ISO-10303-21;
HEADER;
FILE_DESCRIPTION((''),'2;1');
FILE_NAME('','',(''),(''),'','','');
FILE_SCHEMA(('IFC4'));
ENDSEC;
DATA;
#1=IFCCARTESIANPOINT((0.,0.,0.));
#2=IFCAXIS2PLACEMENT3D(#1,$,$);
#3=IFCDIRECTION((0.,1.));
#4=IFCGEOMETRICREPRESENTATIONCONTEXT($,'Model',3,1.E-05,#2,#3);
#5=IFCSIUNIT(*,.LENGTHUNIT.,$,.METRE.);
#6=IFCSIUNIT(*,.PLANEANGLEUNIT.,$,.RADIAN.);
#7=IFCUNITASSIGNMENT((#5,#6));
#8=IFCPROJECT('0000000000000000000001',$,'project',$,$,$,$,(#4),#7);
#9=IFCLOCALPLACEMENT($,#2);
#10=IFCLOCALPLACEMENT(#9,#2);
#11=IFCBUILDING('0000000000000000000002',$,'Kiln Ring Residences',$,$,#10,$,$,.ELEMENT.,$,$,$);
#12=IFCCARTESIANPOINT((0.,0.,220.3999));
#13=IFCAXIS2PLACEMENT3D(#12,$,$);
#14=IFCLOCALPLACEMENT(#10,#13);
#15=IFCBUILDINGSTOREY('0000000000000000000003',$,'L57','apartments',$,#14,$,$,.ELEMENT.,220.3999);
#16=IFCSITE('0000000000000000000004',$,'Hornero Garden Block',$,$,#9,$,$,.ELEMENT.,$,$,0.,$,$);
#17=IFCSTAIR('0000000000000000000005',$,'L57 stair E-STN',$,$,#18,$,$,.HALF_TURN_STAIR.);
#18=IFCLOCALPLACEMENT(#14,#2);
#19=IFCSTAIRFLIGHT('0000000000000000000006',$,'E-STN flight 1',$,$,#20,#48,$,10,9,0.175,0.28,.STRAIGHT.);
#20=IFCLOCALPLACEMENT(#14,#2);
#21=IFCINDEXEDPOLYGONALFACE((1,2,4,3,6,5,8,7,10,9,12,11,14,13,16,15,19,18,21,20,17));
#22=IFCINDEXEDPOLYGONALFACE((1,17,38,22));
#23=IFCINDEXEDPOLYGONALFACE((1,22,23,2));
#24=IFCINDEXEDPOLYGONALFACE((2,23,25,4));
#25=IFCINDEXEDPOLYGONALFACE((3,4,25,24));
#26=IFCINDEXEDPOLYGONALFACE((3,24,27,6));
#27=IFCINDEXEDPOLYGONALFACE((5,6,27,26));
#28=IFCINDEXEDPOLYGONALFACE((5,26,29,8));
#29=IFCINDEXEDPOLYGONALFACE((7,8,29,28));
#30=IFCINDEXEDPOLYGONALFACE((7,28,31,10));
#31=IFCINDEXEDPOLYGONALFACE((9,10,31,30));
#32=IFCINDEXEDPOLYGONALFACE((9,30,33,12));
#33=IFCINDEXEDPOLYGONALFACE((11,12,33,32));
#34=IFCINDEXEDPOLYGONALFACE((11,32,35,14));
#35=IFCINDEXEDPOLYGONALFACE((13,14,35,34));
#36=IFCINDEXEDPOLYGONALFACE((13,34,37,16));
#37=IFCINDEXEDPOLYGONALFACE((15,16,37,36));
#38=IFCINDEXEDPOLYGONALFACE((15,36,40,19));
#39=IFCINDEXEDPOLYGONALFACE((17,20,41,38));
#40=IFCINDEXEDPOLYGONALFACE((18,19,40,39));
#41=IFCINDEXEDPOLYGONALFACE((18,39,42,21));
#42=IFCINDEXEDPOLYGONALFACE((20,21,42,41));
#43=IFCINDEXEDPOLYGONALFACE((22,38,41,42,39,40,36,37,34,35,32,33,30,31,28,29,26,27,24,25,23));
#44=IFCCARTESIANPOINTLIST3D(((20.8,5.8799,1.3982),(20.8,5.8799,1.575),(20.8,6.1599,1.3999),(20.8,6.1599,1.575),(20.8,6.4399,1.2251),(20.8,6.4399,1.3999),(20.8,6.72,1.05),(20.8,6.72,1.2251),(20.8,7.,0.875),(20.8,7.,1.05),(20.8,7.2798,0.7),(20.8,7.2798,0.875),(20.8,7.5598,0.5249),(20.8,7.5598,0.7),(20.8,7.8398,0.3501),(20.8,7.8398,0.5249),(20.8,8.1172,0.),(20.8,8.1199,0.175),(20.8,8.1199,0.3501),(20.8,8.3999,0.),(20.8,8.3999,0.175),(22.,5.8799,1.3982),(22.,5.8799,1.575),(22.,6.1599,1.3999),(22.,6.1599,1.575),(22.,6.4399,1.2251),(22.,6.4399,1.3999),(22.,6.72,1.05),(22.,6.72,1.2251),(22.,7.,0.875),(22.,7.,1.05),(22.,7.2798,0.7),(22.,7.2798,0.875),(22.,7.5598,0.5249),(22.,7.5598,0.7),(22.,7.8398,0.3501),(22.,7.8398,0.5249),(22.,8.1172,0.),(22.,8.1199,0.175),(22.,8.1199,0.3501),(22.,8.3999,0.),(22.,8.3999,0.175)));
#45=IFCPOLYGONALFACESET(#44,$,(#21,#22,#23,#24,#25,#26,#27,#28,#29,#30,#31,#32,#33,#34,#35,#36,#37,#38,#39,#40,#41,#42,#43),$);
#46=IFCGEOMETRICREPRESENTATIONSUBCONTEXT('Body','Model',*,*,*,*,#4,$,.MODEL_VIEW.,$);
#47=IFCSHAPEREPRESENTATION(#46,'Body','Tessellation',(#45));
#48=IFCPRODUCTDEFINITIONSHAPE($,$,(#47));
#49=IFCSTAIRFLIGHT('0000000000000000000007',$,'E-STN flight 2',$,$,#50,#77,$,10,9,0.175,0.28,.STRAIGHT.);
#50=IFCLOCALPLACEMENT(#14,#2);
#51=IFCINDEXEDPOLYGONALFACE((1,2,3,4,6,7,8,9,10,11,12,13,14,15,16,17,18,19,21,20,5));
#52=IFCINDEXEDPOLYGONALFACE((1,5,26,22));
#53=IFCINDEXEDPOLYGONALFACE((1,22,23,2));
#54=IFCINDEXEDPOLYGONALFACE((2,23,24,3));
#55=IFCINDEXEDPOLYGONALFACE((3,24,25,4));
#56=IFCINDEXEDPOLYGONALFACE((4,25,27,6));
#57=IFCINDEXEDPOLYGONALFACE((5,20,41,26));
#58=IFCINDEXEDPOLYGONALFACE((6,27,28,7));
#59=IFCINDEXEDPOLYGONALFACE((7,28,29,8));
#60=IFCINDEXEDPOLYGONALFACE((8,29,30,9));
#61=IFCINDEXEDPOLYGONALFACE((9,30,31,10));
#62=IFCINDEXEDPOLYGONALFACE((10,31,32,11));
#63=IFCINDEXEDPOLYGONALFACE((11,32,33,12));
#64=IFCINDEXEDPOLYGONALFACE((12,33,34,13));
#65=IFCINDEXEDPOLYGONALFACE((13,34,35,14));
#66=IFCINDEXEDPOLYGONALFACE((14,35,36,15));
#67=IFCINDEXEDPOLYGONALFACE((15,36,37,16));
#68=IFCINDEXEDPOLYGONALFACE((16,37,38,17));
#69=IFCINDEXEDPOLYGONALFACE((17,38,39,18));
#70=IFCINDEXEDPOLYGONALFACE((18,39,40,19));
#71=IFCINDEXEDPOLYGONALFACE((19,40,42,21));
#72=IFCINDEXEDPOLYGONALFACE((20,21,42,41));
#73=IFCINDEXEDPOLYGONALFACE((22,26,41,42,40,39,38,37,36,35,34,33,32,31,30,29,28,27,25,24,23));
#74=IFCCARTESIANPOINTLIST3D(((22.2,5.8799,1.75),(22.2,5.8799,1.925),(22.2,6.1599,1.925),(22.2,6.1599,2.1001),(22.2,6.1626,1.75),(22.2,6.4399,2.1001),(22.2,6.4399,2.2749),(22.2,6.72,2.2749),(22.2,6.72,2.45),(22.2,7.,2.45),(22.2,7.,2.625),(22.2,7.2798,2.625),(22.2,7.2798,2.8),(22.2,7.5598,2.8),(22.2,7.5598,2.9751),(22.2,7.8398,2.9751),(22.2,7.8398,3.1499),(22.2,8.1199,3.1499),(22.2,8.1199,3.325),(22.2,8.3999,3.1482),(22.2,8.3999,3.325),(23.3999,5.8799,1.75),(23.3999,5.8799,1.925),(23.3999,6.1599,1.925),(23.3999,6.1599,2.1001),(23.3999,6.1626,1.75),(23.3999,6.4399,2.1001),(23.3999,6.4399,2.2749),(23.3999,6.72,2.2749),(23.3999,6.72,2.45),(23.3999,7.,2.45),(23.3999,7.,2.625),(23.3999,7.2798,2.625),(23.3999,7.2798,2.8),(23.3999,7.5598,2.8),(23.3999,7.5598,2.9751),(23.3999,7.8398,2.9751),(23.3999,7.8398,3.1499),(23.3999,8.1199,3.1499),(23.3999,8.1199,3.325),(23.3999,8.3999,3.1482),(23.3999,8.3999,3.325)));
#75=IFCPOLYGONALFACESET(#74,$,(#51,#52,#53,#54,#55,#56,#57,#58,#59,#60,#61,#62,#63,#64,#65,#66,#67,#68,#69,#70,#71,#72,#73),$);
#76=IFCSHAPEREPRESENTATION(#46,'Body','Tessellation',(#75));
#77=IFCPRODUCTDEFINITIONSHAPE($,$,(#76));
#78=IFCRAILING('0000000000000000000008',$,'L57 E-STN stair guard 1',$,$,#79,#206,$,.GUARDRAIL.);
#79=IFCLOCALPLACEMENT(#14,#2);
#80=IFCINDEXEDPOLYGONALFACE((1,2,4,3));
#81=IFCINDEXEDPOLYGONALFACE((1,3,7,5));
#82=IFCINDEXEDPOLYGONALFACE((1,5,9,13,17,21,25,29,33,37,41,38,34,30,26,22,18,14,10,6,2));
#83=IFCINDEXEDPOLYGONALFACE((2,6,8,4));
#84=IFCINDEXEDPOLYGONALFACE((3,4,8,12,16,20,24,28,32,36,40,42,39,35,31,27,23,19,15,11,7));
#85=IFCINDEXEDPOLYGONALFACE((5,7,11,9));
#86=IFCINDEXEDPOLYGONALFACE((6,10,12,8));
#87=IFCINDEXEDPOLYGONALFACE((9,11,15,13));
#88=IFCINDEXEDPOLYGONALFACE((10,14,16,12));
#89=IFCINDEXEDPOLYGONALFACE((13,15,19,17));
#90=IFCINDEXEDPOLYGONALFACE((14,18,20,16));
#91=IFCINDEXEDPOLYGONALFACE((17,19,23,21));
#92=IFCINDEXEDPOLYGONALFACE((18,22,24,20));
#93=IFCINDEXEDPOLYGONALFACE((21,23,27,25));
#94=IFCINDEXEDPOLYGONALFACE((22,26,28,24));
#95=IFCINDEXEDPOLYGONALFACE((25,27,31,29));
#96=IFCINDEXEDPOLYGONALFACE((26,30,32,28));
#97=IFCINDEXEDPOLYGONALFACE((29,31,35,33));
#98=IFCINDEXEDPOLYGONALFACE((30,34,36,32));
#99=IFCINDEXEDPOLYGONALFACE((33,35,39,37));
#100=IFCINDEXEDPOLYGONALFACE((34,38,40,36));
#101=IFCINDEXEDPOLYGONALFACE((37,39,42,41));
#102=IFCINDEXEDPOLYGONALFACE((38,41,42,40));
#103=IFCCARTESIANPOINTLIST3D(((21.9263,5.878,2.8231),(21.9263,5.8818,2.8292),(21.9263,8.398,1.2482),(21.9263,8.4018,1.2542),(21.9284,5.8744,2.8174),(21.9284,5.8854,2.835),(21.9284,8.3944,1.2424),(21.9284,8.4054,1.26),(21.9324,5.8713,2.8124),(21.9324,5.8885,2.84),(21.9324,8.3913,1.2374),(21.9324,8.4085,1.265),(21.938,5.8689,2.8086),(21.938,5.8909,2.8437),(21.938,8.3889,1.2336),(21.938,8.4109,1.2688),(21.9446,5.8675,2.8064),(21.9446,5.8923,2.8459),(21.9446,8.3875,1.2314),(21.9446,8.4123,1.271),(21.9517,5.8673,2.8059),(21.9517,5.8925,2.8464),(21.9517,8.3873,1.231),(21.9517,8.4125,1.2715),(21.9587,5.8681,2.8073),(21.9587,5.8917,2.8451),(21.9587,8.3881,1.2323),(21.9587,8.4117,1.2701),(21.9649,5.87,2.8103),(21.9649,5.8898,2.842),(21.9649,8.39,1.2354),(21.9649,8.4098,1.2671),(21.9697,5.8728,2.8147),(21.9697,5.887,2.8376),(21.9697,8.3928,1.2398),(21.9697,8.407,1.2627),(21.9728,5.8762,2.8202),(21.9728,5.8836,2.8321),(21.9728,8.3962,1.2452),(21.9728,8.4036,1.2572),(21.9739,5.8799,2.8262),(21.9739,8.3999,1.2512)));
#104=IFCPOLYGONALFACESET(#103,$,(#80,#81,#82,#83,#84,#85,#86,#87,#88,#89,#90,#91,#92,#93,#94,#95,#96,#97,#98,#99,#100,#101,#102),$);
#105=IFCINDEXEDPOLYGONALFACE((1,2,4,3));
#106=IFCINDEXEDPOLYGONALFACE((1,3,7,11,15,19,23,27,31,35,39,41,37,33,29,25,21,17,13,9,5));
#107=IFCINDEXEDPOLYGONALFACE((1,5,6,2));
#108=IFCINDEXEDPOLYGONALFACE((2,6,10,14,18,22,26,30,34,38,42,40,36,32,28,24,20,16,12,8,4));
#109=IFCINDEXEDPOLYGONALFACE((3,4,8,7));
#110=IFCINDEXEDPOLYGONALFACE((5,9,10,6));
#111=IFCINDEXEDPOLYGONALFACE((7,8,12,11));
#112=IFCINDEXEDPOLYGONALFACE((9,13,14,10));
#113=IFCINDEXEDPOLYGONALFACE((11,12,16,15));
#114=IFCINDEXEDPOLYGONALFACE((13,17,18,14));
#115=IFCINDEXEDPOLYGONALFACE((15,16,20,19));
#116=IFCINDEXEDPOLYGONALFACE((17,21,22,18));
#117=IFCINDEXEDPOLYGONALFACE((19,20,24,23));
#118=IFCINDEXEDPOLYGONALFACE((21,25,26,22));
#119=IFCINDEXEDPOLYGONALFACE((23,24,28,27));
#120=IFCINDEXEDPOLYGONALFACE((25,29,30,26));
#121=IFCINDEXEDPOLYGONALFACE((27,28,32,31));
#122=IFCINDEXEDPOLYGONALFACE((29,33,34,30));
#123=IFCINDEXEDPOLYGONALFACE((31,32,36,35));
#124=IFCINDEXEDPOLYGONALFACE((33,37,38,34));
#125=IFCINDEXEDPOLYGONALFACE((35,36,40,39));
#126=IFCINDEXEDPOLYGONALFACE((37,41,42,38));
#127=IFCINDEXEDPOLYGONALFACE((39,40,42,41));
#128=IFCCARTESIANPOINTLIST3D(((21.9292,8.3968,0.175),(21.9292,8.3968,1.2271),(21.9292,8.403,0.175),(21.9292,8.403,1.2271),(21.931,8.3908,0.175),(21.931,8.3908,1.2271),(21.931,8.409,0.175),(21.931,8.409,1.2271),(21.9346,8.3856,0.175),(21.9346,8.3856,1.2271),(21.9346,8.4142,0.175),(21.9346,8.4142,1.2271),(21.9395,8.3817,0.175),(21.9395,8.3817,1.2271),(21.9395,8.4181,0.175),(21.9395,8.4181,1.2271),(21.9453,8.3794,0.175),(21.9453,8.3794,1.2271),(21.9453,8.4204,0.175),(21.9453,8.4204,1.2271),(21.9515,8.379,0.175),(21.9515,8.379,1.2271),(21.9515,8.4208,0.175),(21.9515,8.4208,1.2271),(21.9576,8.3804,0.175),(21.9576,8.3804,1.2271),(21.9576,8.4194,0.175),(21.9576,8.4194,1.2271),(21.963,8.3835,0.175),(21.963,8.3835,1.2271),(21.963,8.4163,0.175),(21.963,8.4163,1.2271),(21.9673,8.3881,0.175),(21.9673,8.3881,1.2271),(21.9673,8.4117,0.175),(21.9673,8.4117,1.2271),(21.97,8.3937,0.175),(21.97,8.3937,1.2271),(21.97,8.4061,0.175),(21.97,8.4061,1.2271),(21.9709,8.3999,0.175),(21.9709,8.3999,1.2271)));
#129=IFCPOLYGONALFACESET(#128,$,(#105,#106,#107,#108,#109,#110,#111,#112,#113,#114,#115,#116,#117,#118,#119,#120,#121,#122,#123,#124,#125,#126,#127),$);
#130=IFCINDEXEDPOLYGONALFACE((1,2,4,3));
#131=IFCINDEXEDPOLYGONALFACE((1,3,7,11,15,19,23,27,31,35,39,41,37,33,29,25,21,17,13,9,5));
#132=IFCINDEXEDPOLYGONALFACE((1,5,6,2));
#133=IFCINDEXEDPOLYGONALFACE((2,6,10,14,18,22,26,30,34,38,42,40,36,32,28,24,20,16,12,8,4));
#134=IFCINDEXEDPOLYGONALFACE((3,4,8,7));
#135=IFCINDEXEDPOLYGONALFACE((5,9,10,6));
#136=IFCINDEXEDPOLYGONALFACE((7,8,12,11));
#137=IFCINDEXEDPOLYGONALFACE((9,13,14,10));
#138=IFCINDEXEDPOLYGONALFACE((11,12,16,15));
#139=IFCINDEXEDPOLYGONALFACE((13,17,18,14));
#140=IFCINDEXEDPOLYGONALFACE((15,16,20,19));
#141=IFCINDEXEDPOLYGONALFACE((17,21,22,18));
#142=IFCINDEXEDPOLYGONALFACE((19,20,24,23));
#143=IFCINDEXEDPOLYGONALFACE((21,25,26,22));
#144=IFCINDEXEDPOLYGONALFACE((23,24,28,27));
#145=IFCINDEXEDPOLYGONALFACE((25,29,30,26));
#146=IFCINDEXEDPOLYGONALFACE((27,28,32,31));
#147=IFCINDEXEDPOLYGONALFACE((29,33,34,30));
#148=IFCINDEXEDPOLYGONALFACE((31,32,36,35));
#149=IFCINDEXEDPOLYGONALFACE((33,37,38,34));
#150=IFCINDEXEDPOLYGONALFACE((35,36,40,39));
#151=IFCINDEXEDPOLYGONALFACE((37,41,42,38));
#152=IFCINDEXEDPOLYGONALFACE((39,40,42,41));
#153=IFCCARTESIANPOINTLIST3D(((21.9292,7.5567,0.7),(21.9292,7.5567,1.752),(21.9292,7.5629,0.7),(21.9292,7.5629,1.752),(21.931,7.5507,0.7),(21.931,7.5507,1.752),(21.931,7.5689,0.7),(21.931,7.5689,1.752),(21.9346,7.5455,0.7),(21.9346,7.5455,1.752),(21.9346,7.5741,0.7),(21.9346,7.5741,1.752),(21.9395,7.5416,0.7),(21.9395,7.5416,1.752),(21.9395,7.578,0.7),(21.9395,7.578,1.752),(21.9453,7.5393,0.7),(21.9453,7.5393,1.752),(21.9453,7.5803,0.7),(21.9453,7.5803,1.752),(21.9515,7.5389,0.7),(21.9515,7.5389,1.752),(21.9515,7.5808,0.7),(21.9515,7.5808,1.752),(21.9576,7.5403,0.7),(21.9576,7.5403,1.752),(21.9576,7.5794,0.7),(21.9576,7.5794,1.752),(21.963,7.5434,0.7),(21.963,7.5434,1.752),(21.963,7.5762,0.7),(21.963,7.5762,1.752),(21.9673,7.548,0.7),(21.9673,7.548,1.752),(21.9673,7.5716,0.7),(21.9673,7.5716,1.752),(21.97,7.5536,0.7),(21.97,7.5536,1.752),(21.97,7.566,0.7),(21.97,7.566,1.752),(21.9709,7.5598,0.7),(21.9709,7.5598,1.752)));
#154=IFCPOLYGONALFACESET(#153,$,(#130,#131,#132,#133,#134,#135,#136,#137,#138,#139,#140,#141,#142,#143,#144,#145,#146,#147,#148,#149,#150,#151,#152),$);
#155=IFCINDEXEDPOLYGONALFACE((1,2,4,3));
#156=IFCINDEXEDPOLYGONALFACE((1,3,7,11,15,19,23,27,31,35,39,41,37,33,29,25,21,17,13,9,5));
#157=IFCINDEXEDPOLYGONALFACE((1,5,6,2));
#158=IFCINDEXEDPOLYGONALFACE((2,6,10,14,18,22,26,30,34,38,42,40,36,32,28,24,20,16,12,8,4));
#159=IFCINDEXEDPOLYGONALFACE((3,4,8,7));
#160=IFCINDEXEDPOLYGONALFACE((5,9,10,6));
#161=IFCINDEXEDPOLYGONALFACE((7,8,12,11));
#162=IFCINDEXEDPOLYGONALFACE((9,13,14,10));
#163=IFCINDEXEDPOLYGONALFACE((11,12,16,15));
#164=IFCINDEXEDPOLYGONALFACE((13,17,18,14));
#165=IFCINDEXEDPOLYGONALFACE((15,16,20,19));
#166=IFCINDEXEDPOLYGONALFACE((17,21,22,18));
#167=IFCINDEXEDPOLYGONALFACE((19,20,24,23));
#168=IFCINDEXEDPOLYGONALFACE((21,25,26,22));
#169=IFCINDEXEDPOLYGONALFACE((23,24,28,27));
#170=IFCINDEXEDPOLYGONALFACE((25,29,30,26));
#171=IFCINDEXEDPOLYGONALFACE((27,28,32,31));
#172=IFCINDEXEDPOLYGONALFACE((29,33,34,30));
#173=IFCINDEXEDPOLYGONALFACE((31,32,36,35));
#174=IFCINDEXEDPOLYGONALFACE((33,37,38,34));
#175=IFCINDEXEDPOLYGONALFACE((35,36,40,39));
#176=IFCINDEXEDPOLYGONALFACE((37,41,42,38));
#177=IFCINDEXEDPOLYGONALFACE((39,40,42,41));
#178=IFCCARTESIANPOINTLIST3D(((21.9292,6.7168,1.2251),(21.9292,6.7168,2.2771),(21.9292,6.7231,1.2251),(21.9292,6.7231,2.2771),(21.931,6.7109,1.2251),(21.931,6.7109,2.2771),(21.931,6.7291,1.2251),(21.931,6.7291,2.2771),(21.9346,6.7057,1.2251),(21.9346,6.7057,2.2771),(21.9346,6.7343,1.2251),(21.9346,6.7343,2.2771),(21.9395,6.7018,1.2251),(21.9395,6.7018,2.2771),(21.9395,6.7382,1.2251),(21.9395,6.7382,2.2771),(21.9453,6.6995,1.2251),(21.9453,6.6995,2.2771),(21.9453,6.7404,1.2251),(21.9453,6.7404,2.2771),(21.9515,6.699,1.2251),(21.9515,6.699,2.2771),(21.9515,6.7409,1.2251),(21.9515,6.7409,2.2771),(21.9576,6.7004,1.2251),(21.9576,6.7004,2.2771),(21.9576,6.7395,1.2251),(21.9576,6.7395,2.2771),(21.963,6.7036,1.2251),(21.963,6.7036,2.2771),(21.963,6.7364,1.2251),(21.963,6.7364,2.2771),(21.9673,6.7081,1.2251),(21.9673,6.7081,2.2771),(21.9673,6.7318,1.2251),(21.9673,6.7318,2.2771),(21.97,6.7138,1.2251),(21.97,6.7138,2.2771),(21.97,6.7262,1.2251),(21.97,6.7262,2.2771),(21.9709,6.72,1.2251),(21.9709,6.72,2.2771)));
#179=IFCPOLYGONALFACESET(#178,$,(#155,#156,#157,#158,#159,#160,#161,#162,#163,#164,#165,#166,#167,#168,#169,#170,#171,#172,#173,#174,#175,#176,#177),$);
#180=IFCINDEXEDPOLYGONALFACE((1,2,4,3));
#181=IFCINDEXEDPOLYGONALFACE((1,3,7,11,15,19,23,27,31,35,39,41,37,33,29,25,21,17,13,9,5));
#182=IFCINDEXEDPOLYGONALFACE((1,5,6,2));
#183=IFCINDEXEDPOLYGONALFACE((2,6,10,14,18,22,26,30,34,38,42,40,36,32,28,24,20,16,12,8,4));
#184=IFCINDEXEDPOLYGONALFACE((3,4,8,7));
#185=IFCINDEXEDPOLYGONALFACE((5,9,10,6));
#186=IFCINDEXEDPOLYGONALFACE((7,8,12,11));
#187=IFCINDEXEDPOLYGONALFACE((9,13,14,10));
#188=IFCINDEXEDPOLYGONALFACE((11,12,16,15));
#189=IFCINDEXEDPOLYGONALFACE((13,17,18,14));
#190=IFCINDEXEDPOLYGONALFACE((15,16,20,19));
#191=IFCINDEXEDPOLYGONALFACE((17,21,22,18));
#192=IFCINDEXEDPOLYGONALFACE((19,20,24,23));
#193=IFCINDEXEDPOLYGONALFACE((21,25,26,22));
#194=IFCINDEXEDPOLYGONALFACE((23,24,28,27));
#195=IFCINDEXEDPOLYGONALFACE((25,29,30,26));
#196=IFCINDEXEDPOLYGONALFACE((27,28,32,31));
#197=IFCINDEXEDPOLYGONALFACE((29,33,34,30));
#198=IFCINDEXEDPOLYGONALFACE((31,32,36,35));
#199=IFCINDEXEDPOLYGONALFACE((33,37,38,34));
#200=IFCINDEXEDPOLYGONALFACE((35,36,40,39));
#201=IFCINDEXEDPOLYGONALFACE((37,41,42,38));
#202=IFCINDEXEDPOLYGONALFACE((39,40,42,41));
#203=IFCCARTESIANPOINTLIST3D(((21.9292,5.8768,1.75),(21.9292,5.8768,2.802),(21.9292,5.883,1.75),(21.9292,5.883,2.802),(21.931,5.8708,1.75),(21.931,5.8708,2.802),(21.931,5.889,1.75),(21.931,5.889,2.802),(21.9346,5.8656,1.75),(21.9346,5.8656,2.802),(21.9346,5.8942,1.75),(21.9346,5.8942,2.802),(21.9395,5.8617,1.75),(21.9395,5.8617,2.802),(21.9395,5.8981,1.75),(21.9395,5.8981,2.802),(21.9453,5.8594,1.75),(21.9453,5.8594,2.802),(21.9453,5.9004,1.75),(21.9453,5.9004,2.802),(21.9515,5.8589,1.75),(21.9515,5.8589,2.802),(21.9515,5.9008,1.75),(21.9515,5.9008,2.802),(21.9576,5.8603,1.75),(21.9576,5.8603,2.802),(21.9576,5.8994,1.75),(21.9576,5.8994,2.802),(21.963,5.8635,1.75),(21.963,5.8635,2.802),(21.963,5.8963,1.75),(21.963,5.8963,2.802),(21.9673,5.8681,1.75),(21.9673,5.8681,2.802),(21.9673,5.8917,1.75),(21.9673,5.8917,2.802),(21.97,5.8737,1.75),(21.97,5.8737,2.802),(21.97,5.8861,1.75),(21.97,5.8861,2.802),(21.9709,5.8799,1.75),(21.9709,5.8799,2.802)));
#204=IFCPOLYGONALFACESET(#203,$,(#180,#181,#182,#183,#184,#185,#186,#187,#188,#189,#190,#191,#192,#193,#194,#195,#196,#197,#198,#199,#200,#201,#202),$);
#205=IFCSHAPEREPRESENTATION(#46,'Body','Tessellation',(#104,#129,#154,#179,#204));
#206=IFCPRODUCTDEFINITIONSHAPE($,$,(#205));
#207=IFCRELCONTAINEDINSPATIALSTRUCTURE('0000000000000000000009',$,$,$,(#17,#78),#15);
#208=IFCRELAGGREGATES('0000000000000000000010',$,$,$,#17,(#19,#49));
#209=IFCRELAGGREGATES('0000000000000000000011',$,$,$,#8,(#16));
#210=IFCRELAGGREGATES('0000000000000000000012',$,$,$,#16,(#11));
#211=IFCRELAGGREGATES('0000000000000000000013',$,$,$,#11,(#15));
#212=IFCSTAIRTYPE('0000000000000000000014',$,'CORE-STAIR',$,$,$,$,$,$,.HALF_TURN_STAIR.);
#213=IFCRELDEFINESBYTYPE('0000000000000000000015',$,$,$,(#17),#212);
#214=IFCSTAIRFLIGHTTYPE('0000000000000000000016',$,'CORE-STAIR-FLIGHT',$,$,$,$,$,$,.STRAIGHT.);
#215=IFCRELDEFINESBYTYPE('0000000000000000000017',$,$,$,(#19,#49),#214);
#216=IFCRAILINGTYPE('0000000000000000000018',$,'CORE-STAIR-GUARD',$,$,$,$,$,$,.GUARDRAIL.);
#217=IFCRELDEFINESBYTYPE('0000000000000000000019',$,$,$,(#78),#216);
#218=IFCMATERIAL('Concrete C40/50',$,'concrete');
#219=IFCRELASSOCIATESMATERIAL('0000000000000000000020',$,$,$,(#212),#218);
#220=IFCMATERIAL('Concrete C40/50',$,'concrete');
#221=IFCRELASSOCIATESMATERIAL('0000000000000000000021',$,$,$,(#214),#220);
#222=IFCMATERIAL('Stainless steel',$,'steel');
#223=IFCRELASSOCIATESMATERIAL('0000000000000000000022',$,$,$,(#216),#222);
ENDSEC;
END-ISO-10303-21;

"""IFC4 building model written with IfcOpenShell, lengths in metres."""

from ifc_helpers import new_model, si_unit, direction, frame, origin, origin_2d, place, context, subcontext, project, spatial, polyline, circle, outline, extrude, material, type_object, element, aggregate, save


model = new_model("IFC4")

# Units and contexts
model_context = context("Model", 3, precision=1e-05, world=origin(), true_north=direction((0.0, 1.0)))
body_context = subcontext(model_context, "Body", "Model", "MODEL_VIEW")
ifc_project = project(units=[si_unit("LENGTHUNIT", "METRE"), si_unit("PLANEANGLEUNIT", "RADIAN")], contexts=[model_context])

# Site, building, storey
site_placement = place(None, origin())
site = spatial("IfcSite", under=ifc_project, at=site_placement, Name="Hornero Garden Block", CompositionType="ELEMENT", RefElevation=0.0)
building_placement = place(site_placement, origin())
building = spatial("IfcBuilding", under=site, at=building_placement, Name="Kiln Ring Residences", CompositionType="ELEMENT")
storey_placement = place(building_placement, frame((0.0, 0.0, 220.3999)))
storey = spatial("IfcBuildingStorey", under=building, at=storey_placement, Name="L57", Description="apartments", CompositionType="ELEMENT", Elevation=220.3999)

# Stair, stair flights
ifc_material_1 = material(Name="Concrete C40/50", Category="concrete")
stair_type = type_object("IfcStairType", Name="CORE-STAIR", PredefinedType="HALF_TURN_STAIR", material=ifc_material_1)
stair_placement = place(storey_placement, origin())
stair = element("IfcStair", 1, at=stair_placement, inside=storey, type_object=stair_type, Name="L57 stair E-STN", PredefinedType="HALF_TURN_STAIR")
ifc_material_2 = material(Name="Concrete C40/50", Category="concrete")
stair_flight_type = type_object("IfcStairFlightType", Name="CORE-STAIR-FLIGHT", PredefinedType="STRAIGHT", material=ifc_material_2)
stair_flight_1_placement = place(storey_placement, frame((21.3999, 8.3999, 0.0), z_axis=(0.0, 0.0, 1.0), x_axis=(0.0, -1.0, 0.0)))
stair_flight_1 = element("IfcStairFlight", 2, at=stair_flight_1_placement, type_object=stair_flight_type, Name="E-STN flight 1", NumberOfRisers=10, NumberOfTreads=9, PredefinedType="STRAIGHT", RiserHeight=0.175, TreadLength=0.28, context=body_context, shape_type="SweptSolid", body=[
    extrude(outline(polyline([(0.0, 0.0), (0.0, 0.175), (0.28, 0.175), (0.28, 0.3501), (0.5601, 0.3501), (0.5601, 0.5249), (0.8401, 0.5249), (0.8401, 0.7), (1.1201, 0.7), (1.1201, 0.875), (1.3999, 0.875), (1.3999, 1.05), (1.6799, 1.05), (1.6799, 1.2251), (1.96, 1.2251), (1.96, 1.3999), (2.24, 1.3999), (2.24, 1.575), (2.52, 1.575), (2.52, 1.75), (2.52, 1.3982), (0.2827, 0.0), (0.0, 0.0)])), frame((0.0, 0.6001, 0.0), z_axis=(0.0, -1.0, 0.0), x_axis=(1.0, 0.0, 0.0)), (0.0, 0.0, 1.0), 1.2),
])
stair_flight_2_placement = place(storey_placement, frame((22.8, 5.8799, 1.75), z_axis=(0.0, 0.0, 1.0), x_axis=(0.0, 1.0, 0.0)))
stair_flight_2 = element("IfcStairFlight", 3, at=stair_flight_2_placement, type_object=stair_flight_type, Name="E-STN flight 2", NumberOfRisers=10, NumberOfTreads=9, PredefinedType="STRAIGHT", RiserHeight=0.175, TreadLength=0.28, context=body_context, shape_type="SweptSolid", body=[
    extrude(outline(polyline([(0.0, 0.0), (0.0, 0.175), (0.28, 0.175), (0.28, 0.3501), (0.5601, 0.3501), (0.5601, 0.5249), (0.8401, 0.5249), (0.8401, 0.7), (1.1201, 0.7), (1.1201, 0.875), (1.3999, 0.875), (1.3999, 1.05), (1.6799, 1.05), (1.6799, 1.2251), (1.96, 1.2251), (1.96, 1.3999), (2.24, 1.3999), (2.24, 1.575), (2.52, 1.575), (2.52, 1.75), (2.52, 1.3982), (0.2827, 0.0), (0.0, 0.0)])), frame((0.0, 0.6001, 0.0), z_axis=(0.0, -1.0, 0.0), x_axis=(1.0, 0.0, 0.0)), (0.0, 0.0, 1.0), 1.2),
])
aggregate(stair, [stair_flight_1, stair_flight_2])

# Railing
ifc_material_3 = material(Name="Stainless steel", Category="steel")
railing_type_1 = type_object("IfcRailingType", Name="CORE-STAIR-GUARD", PredefinedType="GUARDRAIL", material=ifc_material_3)
railing_1_placement = place(storey_placement, frame((21.95, 8.3999, 0.175)))
element("IfcRailing", 4, at=railing_1_placement, inside=storey, type_object=railing_type_1, Name="L57 E-STN stair guard 1", PredefinedType="GUARDRAIL", context=body_context, shape_type="SweptSolid", body=[
    extrude(circle(Radius=0.0239, at=origin_2d()), frame((0.0, 0.0, 1.0762), z_axis=(0.0, -0.848008, 0.529984), x_axis=(1.0, 0.0, 0.0)), (0.0, 0.0, 1.0), 2.9717),
    extrude(circle(Radius=0.021, at=origin_2d()), origin(), (0.0, 0.0, 1.0), 1.052),
    extrude(circle(Radius=0.021, at=origin_2d()), frame((0.0, -0.8401, 0.5249)), (0.0, 0.0, 1.0), 1.052),
    extrude(circle(Radius=0.021, at=origin_2d()), frame((0.0, -1.6799, 1.05)), (0.0, 0.0, 1.0), 1.052),
    extrude(circle(Radius=0.021, at=origin_2d()), frame((0.0, -2.52, 1.575)), (0.0, 0.0, 1.0), 1.052),
])

save(model, "model.ifc")
